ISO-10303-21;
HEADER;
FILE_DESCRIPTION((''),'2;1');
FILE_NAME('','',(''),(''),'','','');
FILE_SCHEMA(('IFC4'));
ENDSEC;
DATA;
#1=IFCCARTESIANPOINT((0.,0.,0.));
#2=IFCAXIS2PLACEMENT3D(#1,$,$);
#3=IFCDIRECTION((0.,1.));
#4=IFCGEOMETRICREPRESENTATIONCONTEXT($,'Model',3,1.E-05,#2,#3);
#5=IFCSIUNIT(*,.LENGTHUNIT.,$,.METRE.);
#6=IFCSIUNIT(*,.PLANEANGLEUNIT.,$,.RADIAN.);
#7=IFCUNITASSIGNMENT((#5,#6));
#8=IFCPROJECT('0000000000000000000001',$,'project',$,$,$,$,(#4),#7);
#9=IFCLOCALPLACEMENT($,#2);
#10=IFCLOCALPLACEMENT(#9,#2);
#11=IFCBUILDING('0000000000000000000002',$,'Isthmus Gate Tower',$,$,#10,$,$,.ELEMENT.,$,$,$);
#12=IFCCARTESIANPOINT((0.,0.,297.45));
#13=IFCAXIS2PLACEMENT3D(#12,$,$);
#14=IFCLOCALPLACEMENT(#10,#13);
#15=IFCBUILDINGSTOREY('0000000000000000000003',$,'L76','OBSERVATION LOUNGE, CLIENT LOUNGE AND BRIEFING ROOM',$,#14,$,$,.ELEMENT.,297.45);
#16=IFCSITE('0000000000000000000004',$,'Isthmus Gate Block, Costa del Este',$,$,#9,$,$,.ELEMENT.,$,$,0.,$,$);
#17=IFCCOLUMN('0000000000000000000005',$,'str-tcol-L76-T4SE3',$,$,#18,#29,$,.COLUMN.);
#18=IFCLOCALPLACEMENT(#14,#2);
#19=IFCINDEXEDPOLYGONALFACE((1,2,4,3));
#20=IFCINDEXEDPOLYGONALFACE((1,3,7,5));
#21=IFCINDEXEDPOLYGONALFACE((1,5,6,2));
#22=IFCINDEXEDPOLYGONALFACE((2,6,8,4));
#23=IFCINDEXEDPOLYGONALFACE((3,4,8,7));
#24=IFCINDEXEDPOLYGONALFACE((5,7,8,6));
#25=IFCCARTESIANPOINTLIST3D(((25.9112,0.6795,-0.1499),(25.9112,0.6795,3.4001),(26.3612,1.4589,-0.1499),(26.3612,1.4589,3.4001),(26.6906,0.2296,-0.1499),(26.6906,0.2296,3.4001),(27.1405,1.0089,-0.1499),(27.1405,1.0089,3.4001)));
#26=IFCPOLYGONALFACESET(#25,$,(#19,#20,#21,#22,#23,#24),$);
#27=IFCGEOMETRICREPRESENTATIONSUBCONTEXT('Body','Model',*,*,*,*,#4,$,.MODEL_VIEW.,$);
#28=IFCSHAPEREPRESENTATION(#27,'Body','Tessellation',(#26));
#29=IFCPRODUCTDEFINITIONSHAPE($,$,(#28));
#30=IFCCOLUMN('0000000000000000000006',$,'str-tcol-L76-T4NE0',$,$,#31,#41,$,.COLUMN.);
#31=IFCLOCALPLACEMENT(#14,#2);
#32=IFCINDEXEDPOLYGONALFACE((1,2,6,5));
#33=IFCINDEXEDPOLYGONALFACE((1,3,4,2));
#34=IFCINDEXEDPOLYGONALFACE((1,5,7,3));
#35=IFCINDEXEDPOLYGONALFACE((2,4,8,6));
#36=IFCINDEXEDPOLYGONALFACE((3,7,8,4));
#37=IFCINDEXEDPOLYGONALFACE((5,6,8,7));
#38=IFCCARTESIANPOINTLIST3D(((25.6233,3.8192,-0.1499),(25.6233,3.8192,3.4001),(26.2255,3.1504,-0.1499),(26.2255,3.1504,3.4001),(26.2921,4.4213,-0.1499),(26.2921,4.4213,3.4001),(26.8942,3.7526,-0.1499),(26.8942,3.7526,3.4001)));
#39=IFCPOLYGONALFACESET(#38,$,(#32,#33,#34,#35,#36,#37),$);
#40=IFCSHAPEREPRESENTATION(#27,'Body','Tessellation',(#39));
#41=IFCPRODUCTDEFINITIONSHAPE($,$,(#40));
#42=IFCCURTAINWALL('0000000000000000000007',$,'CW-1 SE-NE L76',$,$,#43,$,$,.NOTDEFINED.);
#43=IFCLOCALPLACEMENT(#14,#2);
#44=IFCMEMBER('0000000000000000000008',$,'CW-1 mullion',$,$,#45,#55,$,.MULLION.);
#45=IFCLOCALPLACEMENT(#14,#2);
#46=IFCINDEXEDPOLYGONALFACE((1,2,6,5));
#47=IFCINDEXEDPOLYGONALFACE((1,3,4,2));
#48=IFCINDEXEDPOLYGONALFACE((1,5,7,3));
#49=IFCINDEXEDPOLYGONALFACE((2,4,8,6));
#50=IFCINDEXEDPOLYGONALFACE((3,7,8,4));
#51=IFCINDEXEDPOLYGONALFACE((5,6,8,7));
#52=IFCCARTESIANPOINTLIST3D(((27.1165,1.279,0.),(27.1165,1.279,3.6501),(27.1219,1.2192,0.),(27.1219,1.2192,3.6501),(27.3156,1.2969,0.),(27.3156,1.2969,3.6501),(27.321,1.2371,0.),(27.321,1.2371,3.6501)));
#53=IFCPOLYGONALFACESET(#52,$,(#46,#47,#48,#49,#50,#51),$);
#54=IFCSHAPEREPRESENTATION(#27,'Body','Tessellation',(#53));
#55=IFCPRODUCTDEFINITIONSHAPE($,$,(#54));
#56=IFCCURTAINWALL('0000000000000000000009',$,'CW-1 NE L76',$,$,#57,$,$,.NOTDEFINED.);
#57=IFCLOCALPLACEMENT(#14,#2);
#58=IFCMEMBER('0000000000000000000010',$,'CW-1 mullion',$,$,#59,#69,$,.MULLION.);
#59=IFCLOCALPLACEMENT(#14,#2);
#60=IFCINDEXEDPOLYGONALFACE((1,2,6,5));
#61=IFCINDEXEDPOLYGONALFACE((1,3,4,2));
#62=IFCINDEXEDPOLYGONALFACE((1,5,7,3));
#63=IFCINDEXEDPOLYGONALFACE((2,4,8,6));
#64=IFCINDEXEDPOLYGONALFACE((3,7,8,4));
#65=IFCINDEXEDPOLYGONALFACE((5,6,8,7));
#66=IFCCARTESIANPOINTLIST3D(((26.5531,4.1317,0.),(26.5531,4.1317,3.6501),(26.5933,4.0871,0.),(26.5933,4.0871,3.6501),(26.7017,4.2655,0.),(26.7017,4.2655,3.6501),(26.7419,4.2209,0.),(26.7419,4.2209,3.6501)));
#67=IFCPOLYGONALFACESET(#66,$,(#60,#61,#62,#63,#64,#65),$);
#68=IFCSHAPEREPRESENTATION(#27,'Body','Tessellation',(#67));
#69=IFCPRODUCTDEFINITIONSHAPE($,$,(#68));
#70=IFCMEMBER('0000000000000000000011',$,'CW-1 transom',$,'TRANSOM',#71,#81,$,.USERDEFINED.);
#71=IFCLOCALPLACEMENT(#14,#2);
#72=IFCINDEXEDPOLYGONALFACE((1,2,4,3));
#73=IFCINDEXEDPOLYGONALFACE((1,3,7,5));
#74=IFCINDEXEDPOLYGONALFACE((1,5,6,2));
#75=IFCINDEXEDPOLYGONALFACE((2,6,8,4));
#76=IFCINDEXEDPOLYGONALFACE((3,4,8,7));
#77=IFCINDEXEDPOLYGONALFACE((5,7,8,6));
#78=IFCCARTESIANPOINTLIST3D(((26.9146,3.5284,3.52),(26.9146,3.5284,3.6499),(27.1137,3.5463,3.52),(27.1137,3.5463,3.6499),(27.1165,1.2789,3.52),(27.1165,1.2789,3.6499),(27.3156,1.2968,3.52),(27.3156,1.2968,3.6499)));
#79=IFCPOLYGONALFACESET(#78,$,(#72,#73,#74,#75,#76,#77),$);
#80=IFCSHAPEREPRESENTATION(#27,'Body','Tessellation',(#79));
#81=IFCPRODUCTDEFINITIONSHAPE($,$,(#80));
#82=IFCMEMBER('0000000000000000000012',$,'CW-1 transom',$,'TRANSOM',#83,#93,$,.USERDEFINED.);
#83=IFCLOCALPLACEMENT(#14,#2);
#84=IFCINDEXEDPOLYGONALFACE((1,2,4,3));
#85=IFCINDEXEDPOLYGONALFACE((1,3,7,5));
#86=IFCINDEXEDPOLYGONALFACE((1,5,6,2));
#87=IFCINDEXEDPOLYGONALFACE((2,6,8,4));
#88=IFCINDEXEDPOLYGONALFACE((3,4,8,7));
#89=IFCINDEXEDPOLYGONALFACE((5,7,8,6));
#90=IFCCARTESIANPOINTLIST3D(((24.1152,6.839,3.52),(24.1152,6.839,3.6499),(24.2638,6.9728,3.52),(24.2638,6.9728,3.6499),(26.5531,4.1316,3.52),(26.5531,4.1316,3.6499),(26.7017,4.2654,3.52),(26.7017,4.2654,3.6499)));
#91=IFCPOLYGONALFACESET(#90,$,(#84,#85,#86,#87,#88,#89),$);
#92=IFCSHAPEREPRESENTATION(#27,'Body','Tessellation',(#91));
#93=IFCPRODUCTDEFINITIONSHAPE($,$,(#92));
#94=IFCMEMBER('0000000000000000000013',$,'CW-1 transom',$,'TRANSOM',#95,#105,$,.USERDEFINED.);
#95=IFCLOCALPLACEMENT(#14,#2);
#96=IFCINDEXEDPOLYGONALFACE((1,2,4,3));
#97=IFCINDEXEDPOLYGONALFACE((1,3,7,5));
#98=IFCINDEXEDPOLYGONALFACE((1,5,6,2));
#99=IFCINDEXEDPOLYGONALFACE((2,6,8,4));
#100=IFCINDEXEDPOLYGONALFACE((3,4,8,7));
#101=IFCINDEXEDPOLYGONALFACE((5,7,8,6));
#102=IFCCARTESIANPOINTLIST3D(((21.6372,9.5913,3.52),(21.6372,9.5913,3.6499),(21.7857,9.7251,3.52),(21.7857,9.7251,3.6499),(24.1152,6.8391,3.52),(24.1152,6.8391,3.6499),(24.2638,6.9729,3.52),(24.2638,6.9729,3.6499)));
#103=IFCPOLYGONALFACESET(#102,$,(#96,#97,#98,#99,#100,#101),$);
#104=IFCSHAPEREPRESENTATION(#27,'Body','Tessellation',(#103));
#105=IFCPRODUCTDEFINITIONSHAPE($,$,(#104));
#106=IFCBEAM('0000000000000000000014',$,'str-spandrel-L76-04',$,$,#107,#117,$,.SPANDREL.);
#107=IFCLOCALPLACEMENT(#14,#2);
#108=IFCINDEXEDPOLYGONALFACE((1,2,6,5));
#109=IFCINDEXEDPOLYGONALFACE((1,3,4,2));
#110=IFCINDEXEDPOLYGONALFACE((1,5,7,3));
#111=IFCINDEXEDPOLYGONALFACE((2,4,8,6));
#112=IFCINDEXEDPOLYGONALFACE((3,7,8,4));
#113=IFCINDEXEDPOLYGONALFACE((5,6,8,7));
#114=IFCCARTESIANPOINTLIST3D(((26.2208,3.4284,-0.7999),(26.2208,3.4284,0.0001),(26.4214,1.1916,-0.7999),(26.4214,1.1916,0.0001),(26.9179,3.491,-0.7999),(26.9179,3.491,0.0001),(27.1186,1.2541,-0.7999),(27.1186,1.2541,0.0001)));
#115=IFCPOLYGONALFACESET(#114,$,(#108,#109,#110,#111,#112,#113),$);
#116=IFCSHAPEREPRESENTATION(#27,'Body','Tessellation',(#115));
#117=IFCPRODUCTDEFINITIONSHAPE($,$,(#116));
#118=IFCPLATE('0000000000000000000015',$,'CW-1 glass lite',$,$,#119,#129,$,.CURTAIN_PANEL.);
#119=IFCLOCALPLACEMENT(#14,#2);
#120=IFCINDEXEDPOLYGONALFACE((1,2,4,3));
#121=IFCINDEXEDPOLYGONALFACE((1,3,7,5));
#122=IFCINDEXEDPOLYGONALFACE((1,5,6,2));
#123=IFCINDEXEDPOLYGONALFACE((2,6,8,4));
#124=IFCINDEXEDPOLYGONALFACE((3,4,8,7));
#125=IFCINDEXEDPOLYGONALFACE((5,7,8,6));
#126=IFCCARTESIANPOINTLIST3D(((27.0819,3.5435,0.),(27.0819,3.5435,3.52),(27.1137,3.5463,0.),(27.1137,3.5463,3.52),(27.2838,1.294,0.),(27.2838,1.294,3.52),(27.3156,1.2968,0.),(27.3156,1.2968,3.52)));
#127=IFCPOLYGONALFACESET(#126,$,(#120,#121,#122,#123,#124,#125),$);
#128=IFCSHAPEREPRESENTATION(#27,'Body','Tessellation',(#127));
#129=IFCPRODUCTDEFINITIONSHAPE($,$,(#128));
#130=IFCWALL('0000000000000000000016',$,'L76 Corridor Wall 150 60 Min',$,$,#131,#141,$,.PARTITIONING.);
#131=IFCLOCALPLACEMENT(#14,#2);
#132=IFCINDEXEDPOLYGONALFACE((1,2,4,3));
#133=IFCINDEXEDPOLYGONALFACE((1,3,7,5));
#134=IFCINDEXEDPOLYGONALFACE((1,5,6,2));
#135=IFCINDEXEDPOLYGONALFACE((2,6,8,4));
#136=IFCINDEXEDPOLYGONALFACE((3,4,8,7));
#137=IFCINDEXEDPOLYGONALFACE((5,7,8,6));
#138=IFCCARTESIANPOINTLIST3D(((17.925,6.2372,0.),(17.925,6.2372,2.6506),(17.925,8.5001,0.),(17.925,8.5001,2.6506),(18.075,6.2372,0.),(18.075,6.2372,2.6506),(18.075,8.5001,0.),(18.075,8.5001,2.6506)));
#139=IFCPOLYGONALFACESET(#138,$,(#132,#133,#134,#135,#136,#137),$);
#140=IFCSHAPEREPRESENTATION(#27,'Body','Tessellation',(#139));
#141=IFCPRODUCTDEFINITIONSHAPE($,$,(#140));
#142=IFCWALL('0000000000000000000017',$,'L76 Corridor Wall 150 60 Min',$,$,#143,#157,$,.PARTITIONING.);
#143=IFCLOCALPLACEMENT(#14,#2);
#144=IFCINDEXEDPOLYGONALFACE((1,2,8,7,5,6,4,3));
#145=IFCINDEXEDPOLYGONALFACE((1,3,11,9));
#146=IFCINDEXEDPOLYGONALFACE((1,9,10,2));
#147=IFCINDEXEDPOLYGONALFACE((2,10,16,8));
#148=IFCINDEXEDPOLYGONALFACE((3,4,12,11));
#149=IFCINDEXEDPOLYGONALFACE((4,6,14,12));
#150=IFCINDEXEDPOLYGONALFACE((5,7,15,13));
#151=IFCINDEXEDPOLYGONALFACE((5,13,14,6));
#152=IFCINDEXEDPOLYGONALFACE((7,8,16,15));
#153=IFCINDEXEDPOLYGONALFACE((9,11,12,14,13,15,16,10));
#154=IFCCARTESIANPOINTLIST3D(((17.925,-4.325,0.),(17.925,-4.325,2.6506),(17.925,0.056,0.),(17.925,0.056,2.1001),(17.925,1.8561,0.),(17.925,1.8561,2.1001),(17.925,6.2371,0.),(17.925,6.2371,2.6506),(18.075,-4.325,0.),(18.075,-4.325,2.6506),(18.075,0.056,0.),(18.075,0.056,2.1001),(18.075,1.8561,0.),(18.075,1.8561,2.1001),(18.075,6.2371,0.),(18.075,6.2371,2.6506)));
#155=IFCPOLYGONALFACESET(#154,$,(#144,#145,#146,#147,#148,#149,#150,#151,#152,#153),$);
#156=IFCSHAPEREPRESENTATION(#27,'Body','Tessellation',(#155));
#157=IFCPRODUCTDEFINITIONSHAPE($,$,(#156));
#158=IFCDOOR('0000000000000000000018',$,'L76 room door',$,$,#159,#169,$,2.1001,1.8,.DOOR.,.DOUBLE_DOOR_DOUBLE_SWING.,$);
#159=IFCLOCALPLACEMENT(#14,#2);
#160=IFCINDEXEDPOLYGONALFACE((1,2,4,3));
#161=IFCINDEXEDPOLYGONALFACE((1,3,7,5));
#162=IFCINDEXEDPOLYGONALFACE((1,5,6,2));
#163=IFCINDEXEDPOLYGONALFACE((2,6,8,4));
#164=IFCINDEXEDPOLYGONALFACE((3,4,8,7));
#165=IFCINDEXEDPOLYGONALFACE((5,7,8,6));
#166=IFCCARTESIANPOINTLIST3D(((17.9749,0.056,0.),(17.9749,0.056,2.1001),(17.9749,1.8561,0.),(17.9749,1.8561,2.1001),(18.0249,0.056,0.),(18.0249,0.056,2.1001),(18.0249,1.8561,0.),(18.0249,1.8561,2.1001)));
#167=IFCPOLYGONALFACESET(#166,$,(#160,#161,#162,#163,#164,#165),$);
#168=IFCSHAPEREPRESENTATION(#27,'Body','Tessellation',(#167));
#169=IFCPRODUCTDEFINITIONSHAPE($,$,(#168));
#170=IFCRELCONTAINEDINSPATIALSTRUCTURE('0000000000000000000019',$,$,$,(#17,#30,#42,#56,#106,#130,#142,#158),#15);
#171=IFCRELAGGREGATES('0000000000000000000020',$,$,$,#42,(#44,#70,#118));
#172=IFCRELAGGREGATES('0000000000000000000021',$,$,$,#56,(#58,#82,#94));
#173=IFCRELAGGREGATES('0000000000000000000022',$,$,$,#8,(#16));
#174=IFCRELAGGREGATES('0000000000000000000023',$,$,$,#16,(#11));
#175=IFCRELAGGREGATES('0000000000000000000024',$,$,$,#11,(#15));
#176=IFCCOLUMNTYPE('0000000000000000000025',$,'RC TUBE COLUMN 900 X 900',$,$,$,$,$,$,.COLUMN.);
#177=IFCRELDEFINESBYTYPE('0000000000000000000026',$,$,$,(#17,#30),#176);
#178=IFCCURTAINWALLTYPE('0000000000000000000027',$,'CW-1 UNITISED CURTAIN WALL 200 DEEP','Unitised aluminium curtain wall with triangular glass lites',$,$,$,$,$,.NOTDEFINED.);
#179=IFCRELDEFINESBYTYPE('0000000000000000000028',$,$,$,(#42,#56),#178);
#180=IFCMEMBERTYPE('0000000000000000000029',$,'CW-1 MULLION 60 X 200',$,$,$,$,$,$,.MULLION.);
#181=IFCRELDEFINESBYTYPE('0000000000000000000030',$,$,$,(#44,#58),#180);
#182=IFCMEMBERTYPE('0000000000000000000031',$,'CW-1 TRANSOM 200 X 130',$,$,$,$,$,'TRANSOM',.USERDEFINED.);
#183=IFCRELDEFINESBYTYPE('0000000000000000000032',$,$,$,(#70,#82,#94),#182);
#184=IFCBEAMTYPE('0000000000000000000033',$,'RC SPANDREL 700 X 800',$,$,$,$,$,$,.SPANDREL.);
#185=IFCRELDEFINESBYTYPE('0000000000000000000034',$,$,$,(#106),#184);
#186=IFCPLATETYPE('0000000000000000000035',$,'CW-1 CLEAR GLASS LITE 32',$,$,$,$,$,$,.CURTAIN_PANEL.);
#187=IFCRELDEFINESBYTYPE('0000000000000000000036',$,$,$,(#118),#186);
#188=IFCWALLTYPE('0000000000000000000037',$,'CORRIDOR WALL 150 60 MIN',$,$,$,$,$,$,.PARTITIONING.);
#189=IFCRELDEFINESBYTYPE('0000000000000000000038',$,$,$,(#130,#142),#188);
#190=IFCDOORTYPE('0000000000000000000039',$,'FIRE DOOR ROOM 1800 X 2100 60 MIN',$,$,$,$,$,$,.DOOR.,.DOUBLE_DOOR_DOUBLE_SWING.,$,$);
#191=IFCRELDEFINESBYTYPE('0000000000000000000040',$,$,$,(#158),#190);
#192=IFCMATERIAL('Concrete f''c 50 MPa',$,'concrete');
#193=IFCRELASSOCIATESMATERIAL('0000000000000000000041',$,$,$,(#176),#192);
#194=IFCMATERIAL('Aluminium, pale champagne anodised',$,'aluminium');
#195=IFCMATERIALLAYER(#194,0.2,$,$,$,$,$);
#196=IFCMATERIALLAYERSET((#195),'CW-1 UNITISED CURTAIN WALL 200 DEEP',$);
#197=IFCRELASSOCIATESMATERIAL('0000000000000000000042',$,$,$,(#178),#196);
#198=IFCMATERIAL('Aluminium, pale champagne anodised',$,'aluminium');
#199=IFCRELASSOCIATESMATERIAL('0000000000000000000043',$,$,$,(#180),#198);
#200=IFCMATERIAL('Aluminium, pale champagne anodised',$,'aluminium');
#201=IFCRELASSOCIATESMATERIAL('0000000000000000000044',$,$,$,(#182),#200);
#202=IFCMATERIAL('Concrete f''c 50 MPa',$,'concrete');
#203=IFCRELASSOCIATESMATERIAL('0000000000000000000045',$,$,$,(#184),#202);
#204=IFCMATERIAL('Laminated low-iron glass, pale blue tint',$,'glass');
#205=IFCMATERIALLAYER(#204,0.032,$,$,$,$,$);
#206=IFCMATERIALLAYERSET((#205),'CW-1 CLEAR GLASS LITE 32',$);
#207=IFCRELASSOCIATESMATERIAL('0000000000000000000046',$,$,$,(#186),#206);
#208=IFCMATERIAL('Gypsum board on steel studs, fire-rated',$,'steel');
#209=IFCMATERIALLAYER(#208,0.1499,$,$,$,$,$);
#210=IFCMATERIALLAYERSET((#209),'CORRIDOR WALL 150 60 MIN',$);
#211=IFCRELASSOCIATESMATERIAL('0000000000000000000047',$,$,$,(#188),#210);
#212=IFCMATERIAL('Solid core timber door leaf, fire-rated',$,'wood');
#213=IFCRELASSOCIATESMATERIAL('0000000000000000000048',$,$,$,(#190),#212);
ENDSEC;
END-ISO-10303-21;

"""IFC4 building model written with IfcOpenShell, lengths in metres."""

from ifc_helpers import new_model, si_unit, direction, frame, frame_2d, origin, origin_2d, place, context, subcontext, project, spatial, rectangle, extrude, material, layer, layer_set, material_profile, profile_set, type_object, element, fill, aggregate, save


model = new_model("IFC4")

# Units and contexts
model_context = context("Model", 3, precision=1e-05, world=origin(), true_north=direction((0.0, 1.0)))
body_context = subcontext(model_context, "Body", "Model", "MODEL_VIEW")
ifc_project = project(units=[si_unit("LENGTHUNIT", "METRE"), si_unit("PLANEANGLEUNIT", "RADIAN")], contexts=[model_context])

# Site, building, storey
site_placement = place(None, origin())
site = spatial("IfcSite", under=ifc_project, at=site_placement, Name="Isthmus Gate Block, Costa del Este", CompositionType="ELEMENT", RefElevation=0.0)
building_placement = place(site_placement, origin())
building = spatial("IfcBuilding", under=site, at=building_placement, Name="Isthmus Gate Tower", CompositionType="ELEMENT")
storey_placement = place(building_placement, frame((0.0, 0.0, 297.45)))
storey = spatial("IfcBuildingStorey", under=building, at=storey_placement, Name="L76", Description="OBSERVATION LOUNGE, CLIENT LOUNGE AND BRIEFING ROOM", CompositionType="ELEMENT", Elevation=297.45)

# Columns
ifc_material_1 = material(Name="Concrete f'c 50 MPa", Category="concrete")
ifc_material_profile_1 = material_profile(ifc_material_1, rectangle(XDim=0.8999, YDim=0.8999, at=origin_2d()), Name="RC 900X900")
ifc_profile_set_1 = profile_set([ifc_material_profile_1], Name="Concrete f'c 50 MPa")
column_type = type_object("IfcColumnType", Name="RC TUBE COLUMN 900 X 900", PredefinedType="COLUMN", material=ifc_profile_set_1)
for number, where, z_axis, x_axis, name in (
    (1, (26.5259, 0.8442, -0.1499), (0.0, 0.0, 1.0), (0.5, 0.866025, 0.0), "str-tcol-L76-T4SE3"),
    (2, (26.2588, 3.7859, -0.1499), (0.0, 0.0, 1.0), (-0.669131, 0.743145, 0.0), "str-tcol-L76-T4NE0"),
):
    element("IfcColumn", number, at=place(storey_placement, frame(where, z_axis=z_axis, x_axis=x_axis)), inside=storey, type_object=column_type, Name=name, PredefinedType="COLUMN", context=body_context, shape_type="SweptSolid", body=[
        extrude(rectangle(XDim=0.8999, YDim=0.8999, at=origin_2d()), origin(), (0.0, 0.0, 1.0), 3.55),
    ])

# Curtain walls, members
ifc_material_2 = material(Name="Aluminium, pale champagne anodised", Category="aluminium")
ifc_layer_1 = layer(ifc_material_2, 0.2)
ifc_layer_set_1 = layer_set([ifc_layer_1], Name="CW-1 UNITISED CURTAIN WALL 200 DEEP")
curtain_wall_type = type_object("IfcCurtainWallType", Name="CW-1 UNITISED CURTAIN WALL 200 DEEP", Description="Unitised aluminium curtain wall with triangular glass lites", PredefinedType="NOTDEFINED", material=ifc_layer_set_1)
curtain_wall_1_placement = place(storey_placement, origin())
curtain_wall_1 = element("IfcCurtainWall", 3, at=curtain_wall_1_placement, inside=storey, type_object=curtain_wall_type, Name="CW-1 SE-NE L76", PredefinedType="NOTDEFINED")
ifc_material_3 = material(Name="Aluminium, pale champagne anodised", Category="aluminium")
ifc_material_profile_2 = material_profile(ifc_material_3, rectangle(XDim=0.0601, YDim=0.2, at=origin_2d()), Name="60x200")
ifc_profile_set_2 = profile_set([ifc_material_profile_2], Name="Aluminium, pale champagne anodised")
member_type_1 = type_object("IfcMemberType", Name="CW-1 MULLION 60 X 200", PredefinedType="MULLION", material=ifc_profile_set_2)
member_1_placement = place(storey_placement, frame((27.2188, 1.2581, 0.0), z_axis=(0.0, 0.0, 1.0), x_axis=(-0.089397, 0.995996, 0.0)))
member_1 = element("IfcMember", 4, at=member_1_placement, type_object=member_type_1, Name="CW-1 mullion", PredefinedType="MULLION", context=body_context, shape_type="SweptSolid", body=[
    extrude(rectangle(XDim=0.0601, YDim=0.2, at=origin_2d()), origin(), (0.0, 0.0, 1.0), 3.6501),
])
curtain_wall_2_placement = place(storey_placement, origin())
curtain_wall_2 = element("IfcCurtainWall", 5, at=curtain_wall_2_placement, inside=storey, type_object=curtain_wall_type, Name="CW-1 NE L76", PredefinedType="NOTDEFINED")
member_2_placement = place(storey_placement, frame((26.6475, 4.1763, 0.0), z_axis=(0.0, 0.0, 1.0), x_axis=(-0.669131, 0.743145, 0.0)))
member_2 = element("IfcMember", 6, at=member_2_placement, type_object=member_type_1, Name="CW-1 mullion", PredefinedType="MULLION", context=body_context, shape_type="SweptSolid", body=[
    extrude(rectangle(XDim=0.0601, YDim=0.2, at=origin_2d()), origin(), (0.0, 0.0, 1.0), 3.6501),
])

# Members
ifc_material_4 = material(Name="Aluminium, pale champagne anodised", Category="aluminium")
ifc_material_profile_3 = material_profile(ifc_material_4, rectangle(XDim=0.2, YDim=0.1299, at=origin_2d()), Name="200x130")
ifc_profile_set_3 = profile_set([ifc_material_profile_3], Name="Aluminium, pale champagne anodised")
member_type_2 = type_object("IfcMemberType", Name="CW-1 TRANSOM 200 X 130", ElementType="TRANSOM", PredefinedType="USERDEFINED", material=ifc_profile_set_3)
member_3_placement = place(storey_placement, frame((27.2161, 1.2878, 3.585), z_axis=(-0.089395, 0.995996, 0.0), x_axis=(-0.995996, -0.089395, 0.0)))
member_3 = element("IfcMember", 7, at=member_3_placement, type_object=member_type_2, Name="CW-1 transom", ObjectType="TRANSOM", PredefinedType="USERDEFINED", context=body_context, shape_type="SweptSolid", body=[
    extrude(rectangle(XDim=0.2, YDim=0.1299, at=origin_2d()), origin(), (0.0, 0.0, 1.0), 2.2585),
])
member_4_placement = place(storey_placement, frame((26.6274, 4.1985, 3.585), z_axis=(-0.66915, 0.743128, 0.0), x_axis=(-0.743128, -0.66915, 0.0)))
member_4 = element("IfcMember", 8, at=member_4_placement, type_object=member_type_2, Name="CW-1 transom", ObjectType="TRANSOM", PredefinedType="USERDEFINED", context=body_context, shape_type="SweptSolid", body=[
    extrude(rectangle(XDim=0.2, YDim=0.1299, at=origin_2d()), origin(), (0.0, 0.0, 1.0), 3.6433),
])
member_5_placement = place(storey_placement, frame((24.1895, 6.906, 3.585), z_axis=(-0.669121, 0.743153, 0.0), x_axis=(-0.743153, -0.669121, 0.0)))
member_5 = element("IfcMember", 9, at=member_5_placement, type_object=member_type_2, Name="CW-1 transom", ObjectType="TRANSOM", PredefinedType="USERDEFINED", context=body_context, shape_type="SweptSolid", body=[
    extrude(rectangle(XDim=0.2, YDim=0.1299, at=origin_2d()), origin(), (0.0, 0.0, 1.0), 3.7034),
])

# Beam
ifc_material_5 = material(Name="Concrete f'c 50 MPa", Category="concrete")
ifc_material_profile_4 = material_profile(ifc_material_5, rectangle(XDim=0.7, YDim=0.8, at=origin_2d()), Name="RC 700X800")
ifc_profile_set_4 = profile_set([ifc_material_profile_4], Name="Concrete f'c 50 MPa")
beam_type = type_object("IfcBeamType", Name="RC SPANDREL 700 X 800", PredefinedType="SPANDREL", material=ifc_profile_set_4)
beam_placement = place(storey_placement, frame((26.5693, 3.4597, -0.3999), z_axis=(0.089359, -0.995999, 0.0), x_axis=(0.995999, 0.089359, 0.0)))
element("IfcBeam", 10, at=beam_placement, inside=storey, type_object=beam_type, Name="str-spandrel-L76-04", PredefinedType="SPANDREL", context=body_context, shape_type="SweptSolid", body=[
    extrude(rectangle(XDim=0.7, YDim=0.8, at=origin_2d()), origin(), (0.0, 0.0, 1.0), 2.2458),
])

# Plate
ifc_material_6 = material(Name="Laminated low-iron glass, pale blue tint", Category="glass")
ifc_layer_2 = layer(ifc_material_6, 0.032)
ifc_layer_set_2 = layer_set([ifc_layer_2], Name="CW-1 CLEAR GLASS LITE 32")
plate_type = type_object("IfcPlateType", Name="CW-1 CLEAR GLASS LITE 32", PredefinedType="CURTAIN_PANEL", material=ifc_layer_set_2)
plate_placement = place(storey_placement, frame((27.1987, 2.4202, 0.0), z_axis=(0.0, 0.0, 1.0), x_axis=(-0.089397, 0.995996, 0.0)))
plate = element("IfcPlate", 11, at=plate_placement, type_object=plate_type, Name="CW-1 glass lite", PredefinedType="CURTAIN_PANEL", context=body_context, shape_type="SweptSolid", body=[
    extrude(rectangle(XDim=2.2585, YDim=0.032, at=origin_2d()), origin(), (0.0, 0.0, 1.0), 3.52),
])
aggregate(curtain_wall_1, [member_1, member_3, plate])

# Wall
ifc_material_7 = material(Name="Gypsum board on steel studs, fire-rated", Category="steel")
ifc_layer_3 = layer(ifc_material_7, 0.1499)
ifc_layer_set_3 = layer_set([ifc_layer_3], Name="CORRIDOR WALL 150 60 MIN")
wall_type_1 = type_object("IfcWallType", Name="CORRIDOR WALL 150 60 MIN", PredefinedType="PARTITIONING", material=ifc_layer_set_3)
wall_1_placement = place(storey_placement, frame((18.0, 8.5, 0.0), z_axis=(0.0, 0.0, 1.0), x_axis=(0.0, -1.0, 0.0)))
element("IfcWall", 12, at=wall_1_placement, inside=storey, type_object=wall_type_1, Name="L76 Corridor Wall 150 60 Min", PredefinedType="PARTITIONING", context=body_context, shape_type="SweptSolid", body=[
    extrude(rectangle(XDim=2.2629, YDim=0.1499, at=frame_2d((1.1313, 0.0))), origin(), (0.0, 0.0, 1.0), 2.6506),
])

# Wall, opening, door
wall_2_placement = place(storey_placement, frame((18.0, 6.2371, 0.0), z_axis=(0.0, 0.0, 1.0), x_axis=(0.0, -1.0, 0.0)))
wall_2 = element("IfcWall", 13, at=wall_2_placement, inside=storey, type_object=wall_type_1, Name="L76 Corridor Wall 150 60 Min", PredefinedType="PARTITIONING", context=body_context, shape_type="SweptSolid", body=[
    extrude(rectangle(XDim=10.562, YDim=0.1499, at=frame_2d((5.281, 0.0))), origin(), (0.0, 0.0, 1.0), 2.6506),
])
opening_1_placement = place(wall_2_placement, frame((4.3811, 0.0, 0.0)))
opening_1 = element("IfcOpeningElement", 14, at=opening_1_placement, cuts=wall_2, PredefinedType="OPENING", context=body_context, shape_type="SweptSolid", body=[
    extrude(rectangle(XDim=1.8, YDim=2.1001, at=frame_2d((0.8999, 1.05))), frame((0.0, 0.085, 0.0), z_axis=(0.0, -1.0, 0.0), x_axis=(1.0, 0.0, 0.0)), (0.0, 0.0, 1.0), 0.1699),
])
ifc_material_8 = material(Name="Solid core timber door leaf, fire-rated", Category="wood")
door_type_1 = type_object("IfcDoorType", Name="FIRE DOOR ROOM 1800 X 2100 60 MIN", OperationType="DOUBLE_DOOR_DOUBLE_SWING", PredefinedType="DOOR", material=ifc_material_8)
door_1_placement = place(opening_1_placement, origin())
door_1 = element("IfcDoor", 15, at=door_1_placement, inside=storey, type_object=door_type_1, Name="L76 room door", OperationType="DOUBLE_DOOR_DOUBLE_SWING", OverallHeight=2.1001, OverallWidth=1.8, PredefinedType="DOOR", context=body_context, shape_type="SweptSolid", body=[
    extrude(rectangle(XDim=1.8, YDim=2.1001, at=frame_2d((0.8999, 1.05))), frame((0.0, 0.0249, 0.0), z_axis=(0.0, -1.0, 0.0), x_axis=(1.0, 0.0, 0.0)), (0.0, 0.0, 1.0), 0.05),
])
fill(opening_1, door_1)

aggregate(curtain_wall_2, [member_2, member_4, member_5])

save(model, "model.ifc")
